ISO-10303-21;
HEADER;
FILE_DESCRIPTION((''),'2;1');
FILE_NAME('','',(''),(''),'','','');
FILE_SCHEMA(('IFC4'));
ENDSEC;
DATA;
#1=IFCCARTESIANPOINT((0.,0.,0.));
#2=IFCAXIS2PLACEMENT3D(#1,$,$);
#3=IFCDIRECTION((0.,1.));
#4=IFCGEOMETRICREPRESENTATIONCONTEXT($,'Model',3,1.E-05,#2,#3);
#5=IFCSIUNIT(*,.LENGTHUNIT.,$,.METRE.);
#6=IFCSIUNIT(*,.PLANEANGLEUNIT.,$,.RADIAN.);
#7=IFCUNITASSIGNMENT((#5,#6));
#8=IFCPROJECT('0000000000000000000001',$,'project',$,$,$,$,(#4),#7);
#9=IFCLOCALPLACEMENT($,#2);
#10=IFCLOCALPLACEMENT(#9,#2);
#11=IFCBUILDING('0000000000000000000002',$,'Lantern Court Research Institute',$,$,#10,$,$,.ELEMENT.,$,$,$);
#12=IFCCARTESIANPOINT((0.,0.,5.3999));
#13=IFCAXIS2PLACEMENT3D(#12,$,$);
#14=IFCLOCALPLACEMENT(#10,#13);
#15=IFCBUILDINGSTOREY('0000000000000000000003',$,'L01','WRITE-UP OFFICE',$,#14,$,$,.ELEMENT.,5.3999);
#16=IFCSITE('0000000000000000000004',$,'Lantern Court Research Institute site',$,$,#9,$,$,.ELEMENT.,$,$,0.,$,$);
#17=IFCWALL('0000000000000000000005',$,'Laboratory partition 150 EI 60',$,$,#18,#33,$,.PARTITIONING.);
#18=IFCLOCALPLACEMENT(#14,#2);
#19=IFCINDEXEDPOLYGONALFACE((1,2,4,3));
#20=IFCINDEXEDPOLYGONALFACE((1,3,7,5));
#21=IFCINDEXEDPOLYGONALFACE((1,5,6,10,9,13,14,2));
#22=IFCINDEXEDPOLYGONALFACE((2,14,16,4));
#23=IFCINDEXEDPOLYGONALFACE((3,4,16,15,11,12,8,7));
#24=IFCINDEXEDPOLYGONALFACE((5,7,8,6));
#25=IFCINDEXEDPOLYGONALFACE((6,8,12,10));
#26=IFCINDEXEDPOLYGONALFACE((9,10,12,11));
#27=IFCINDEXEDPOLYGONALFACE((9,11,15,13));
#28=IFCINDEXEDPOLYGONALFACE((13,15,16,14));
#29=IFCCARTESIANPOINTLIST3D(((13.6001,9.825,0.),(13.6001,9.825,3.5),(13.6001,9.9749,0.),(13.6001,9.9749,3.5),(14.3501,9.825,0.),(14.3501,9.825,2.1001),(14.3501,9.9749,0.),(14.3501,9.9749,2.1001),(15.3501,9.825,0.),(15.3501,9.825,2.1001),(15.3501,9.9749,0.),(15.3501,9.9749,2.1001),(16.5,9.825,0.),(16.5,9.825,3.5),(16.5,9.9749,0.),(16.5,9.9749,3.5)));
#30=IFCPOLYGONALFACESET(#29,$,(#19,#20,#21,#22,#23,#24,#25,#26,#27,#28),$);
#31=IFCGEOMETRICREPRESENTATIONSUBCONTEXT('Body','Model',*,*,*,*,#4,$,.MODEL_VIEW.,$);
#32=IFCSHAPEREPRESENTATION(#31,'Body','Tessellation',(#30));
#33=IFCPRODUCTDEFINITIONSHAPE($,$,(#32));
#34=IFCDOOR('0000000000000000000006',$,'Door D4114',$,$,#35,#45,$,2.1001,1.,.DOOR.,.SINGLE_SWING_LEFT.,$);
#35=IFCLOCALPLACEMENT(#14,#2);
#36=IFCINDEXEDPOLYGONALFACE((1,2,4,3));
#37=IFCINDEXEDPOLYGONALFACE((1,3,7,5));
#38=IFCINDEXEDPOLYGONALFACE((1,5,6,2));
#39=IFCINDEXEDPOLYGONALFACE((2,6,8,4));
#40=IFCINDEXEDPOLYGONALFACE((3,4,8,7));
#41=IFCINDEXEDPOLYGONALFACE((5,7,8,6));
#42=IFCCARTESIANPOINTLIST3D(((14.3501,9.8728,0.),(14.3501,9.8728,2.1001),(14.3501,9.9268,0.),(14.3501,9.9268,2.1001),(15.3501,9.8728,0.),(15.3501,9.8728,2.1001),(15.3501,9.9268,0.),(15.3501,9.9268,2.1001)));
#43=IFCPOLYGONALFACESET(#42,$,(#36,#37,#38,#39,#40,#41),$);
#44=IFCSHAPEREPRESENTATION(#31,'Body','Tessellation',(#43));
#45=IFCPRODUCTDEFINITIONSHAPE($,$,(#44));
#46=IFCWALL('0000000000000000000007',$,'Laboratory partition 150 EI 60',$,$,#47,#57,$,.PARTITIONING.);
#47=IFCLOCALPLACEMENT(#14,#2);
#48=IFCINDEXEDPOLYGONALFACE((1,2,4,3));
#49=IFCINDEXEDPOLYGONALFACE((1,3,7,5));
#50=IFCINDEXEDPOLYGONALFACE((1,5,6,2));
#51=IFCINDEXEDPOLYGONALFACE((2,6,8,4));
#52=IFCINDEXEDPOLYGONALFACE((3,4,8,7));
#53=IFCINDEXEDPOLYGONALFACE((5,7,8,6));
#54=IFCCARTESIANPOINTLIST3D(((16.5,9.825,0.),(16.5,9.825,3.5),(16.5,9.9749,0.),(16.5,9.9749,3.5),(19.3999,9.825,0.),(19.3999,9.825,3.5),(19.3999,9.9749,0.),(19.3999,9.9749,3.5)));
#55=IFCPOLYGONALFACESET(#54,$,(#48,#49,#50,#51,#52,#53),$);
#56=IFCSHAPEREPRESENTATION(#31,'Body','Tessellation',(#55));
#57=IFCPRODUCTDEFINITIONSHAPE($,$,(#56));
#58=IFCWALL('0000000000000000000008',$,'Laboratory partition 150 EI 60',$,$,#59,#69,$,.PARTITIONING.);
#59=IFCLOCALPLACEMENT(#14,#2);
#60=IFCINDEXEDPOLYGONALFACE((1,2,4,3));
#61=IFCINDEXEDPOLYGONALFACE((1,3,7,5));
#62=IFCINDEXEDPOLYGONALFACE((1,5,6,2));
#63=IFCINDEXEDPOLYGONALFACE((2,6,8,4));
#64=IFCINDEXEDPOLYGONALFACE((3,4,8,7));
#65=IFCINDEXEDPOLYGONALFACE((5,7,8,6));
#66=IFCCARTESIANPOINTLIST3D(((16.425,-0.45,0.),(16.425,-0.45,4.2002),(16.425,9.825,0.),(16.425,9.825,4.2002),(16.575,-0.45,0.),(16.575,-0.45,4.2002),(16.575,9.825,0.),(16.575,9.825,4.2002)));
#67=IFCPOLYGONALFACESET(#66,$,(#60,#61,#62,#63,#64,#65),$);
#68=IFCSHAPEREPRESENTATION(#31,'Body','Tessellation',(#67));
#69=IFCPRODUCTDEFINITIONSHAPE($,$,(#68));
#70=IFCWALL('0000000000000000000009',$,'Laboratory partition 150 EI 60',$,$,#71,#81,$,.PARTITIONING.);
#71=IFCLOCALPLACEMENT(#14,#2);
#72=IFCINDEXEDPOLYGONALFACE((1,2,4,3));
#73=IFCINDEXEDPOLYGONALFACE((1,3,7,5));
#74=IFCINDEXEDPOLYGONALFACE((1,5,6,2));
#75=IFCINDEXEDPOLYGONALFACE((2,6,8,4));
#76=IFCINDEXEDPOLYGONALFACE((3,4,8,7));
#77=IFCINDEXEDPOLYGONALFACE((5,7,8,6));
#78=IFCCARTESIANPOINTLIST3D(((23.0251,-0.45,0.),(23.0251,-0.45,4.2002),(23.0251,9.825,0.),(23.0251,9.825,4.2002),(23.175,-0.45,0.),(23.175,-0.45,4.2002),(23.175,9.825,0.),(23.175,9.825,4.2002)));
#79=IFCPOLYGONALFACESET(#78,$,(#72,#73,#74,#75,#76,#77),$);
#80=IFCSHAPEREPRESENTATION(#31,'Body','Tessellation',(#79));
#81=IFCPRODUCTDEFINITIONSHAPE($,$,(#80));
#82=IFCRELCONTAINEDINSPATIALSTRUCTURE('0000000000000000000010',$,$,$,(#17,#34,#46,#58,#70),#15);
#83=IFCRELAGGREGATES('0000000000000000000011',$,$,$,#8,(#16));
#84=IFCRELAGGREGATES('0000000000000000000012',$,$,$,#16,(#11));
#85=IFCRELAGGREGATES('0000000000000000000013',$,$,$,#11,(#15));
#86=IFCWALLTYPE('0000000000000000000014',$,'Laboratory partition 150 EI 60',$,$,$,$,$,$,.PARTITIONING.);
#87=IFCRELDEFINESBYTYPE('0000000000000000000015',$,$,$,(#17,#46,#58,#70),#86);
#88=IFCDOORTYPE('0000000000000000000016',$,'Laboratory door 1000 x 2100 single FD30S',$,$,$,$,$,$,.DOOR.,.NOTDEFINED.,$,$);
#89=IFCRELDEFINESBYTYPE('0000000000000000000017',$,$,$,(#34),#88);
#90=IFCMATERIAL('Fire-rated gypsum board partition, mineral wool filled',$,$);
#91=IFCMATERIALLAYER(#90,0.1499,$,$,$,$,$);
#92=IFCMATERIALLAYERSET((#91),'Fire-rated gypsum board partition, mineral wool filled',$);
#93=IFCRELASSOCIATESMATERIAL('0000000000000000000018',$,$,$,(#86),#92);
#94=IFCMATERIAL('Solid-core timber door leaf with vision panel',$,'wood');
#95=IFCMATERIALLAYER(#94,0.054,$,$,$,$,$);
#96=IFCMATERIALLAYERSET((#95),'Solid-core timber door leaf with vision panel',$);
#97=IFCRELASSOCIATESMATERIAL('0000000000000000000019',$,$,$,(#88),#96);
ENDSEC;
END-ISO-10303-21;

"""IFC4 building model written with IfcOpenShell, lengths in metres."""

from ifc_helpers import new_model, si_unit, direction, frame, frame_2d, origin, place, context, subcontext, project, spatial, rectangle, extrude, material, layer, layer_set, type_object, element, fill, save


model = new_model("IFC4")

# Units and contexts
model_context = context("Model", 3, precision=1e-05, world=origin(), true_north=direction((0.0, 1.0)))
body_context = subcontext(model_context, "Body", "Model", "MODEL_VIEW")
ifc_project = project(units=[si_unit("LENGTHUNIT", "METRE"), si_unit("PLANEANGLEUNIT", "RADIAN")], contexts=[model_context])

# Site, building, storey
site_placement = place(None, origin())
site = spatial("IfcSite", under=ifc_project, at=site_placement, Name="Lantern Court Research Institute site", CompositionType="ELEMENT", RefElevation=0.0)
building_placement = place(site_placement, origin())
building = spatial("IfcBuilding", under=site, at=building_placement, Name="Lantern Court Research Institute", CompositionType="ELEMENT")
storey_placement = place(building_placement, frame((0.0, 0.0, 5.3999)))
storey = spatial("IfcBuildingStorey", under=building, at=storey_placement, Name="L01", Description="WRITE-UP OFFICE", CompositionType="ELEMENT", Elevation=5.3999)

# Wall, opening, door
ifc_material_1 = material(Name="Fire-rated gypsum board partition, mineral wool filled")
ifc_layer_1 = layer(ifc_material_1, 0.1499)
ifc_layer_set_1 = layer_set([ifc_layer_1], Name="Fire-rated gypsum board partition, mineral wool filled")
wall_type = type_object("IfcWallType", Name="Laboratory partition 150 EI 60", PredefinedType="PARTITIONING", material=ifc_layer_set_1)
wall_1_placement = place(storey_placement, frame((13.6001, 9.8999, 0.0), z_axis=(0.0, 0.0, 1.0), x_axis=(1.0, 0.0, 0.0)))
wall_1 = element("IfcWall", 1, at=wall_1_placement, inside=storey, type_object=wall_type, Name="Laboratory partition 150 EI 60", PredefinedType="PARTITIONING", context=body_context, shape_type="SweptSolid", body=[
    extrude(rectangle(XDim=2.8999, YDim=0.1499, at=frame_2d((1.45, 0.0))), origin(), (0.0, 0.0, 1.0), 3.5),
])
opening_placement = place(wall_1_placement, frame((0.75, 0.0, 0.0)))
opening = element("IfcOpeningElement", 2, at=opening_placement, cuts=wall_1, PredefinedType="OPENING", context=body_context, shape_type="SweptSolid", body=[
    extrude(rectangle(XDim=1.0, YDim=2.1001, at=frame_2d((0.5, 1.05))), frame((0.0, 0.085, 0.0), z_axis=(0.0, -1.0, 0.0), x_axis=(1.0, 0.0, 0.0)), (0.0, 0.0, 1.0), 0.1699),
])
ifc_material_2 = material(Name="Solid-core timber door leaf with vision panel", Category="wood")
ifc_layer_2 = layer(ifc_material_2, 0.054)
ifc_layer_set_2 = layer_set([ifc_layer_2], Name="Solid-core timber door leaf with vision panel")
door_type = type_object("IfcDoorType", Name="Laboratory door 1000 x 2100 single FD30S", OperationType="NOTDEFINED", PredefinedType="DOOR", material=ifc_layer_set_2)
door_placement = place(opening_placement, origin())
door = element("IfcDoor", 3, at=door_placement, inside=storey, type_object=door_type, Name="Door D4114", OperationType="SINGLE_SWING_LEFT", OverallHeight=2.1001, OverallWidth=1.0, PredefinedType="DOOR", context=body_context, shape_type="SweptSolid", body=[
    extrude(rectangle(XDim=1.0, YDim=2.1001, at=frame_2d((0.5, 1.05))), frame((0.0, 0.0269, 0.0), z_axis=(0.0, -1.0, 0.0), x_axis=(1.0, 0.0, 0.0)), (0.0, 0.0, 1.0), 0.054),
])
fill(opening, door)

# Walls
wall_2_placement = place(storey_placement, frame((16.5, 9.8999, 0.0), z_axis=(0.0, 0.0, 1.0), x_axis=(1.0, 0.0, 0.0)))
element("IfcWall", 4, at=wall_2_placement, inside=storey, type_object=wall_type, Name="Laboratory partition 150 EI 60", PredefinedType="PARTITIONING", context=body_context, shape_type="SweptSolid", body=[
    extrude(rectangle(XDim=2.8999, YDim=0.1499, at=frame_2d((1.45, 0.0))), origin(), (0.0, 0.0, 1.0), 3.5),
])
for number, where, z_axis, x_axis, name in (
    (5, (16.5, -0.45, 0.0), (0.0, 0.0, 1.0), (0.0, 1.0, 0.0), "Laboratory partition 150 EI 60"),
    (6, (23.1001, -0.45, 0.0), (0.0, 0.0, 1.0), (0.0, 1.0, 0.0), "Laboratory partition 150 EI 60"),
):
    element("IfcWall", number, at=place(storey_placement, frame(where, z_axis=z_axis, x_axis=x_axis)), inside=storey, type_object=wall_type, Name=name, PredefinedType="PARTITIONING", context=body_context, shape_type="SweptSolid", body=[
        extrude(rectangle(XDim=10.2749, YDim=0.1499, at=frame_2d((5.1375, 0.0))), origin(), (0.0, 0.0, 1.0), 4.2002),
    ])

save(model, "model.ifc")
